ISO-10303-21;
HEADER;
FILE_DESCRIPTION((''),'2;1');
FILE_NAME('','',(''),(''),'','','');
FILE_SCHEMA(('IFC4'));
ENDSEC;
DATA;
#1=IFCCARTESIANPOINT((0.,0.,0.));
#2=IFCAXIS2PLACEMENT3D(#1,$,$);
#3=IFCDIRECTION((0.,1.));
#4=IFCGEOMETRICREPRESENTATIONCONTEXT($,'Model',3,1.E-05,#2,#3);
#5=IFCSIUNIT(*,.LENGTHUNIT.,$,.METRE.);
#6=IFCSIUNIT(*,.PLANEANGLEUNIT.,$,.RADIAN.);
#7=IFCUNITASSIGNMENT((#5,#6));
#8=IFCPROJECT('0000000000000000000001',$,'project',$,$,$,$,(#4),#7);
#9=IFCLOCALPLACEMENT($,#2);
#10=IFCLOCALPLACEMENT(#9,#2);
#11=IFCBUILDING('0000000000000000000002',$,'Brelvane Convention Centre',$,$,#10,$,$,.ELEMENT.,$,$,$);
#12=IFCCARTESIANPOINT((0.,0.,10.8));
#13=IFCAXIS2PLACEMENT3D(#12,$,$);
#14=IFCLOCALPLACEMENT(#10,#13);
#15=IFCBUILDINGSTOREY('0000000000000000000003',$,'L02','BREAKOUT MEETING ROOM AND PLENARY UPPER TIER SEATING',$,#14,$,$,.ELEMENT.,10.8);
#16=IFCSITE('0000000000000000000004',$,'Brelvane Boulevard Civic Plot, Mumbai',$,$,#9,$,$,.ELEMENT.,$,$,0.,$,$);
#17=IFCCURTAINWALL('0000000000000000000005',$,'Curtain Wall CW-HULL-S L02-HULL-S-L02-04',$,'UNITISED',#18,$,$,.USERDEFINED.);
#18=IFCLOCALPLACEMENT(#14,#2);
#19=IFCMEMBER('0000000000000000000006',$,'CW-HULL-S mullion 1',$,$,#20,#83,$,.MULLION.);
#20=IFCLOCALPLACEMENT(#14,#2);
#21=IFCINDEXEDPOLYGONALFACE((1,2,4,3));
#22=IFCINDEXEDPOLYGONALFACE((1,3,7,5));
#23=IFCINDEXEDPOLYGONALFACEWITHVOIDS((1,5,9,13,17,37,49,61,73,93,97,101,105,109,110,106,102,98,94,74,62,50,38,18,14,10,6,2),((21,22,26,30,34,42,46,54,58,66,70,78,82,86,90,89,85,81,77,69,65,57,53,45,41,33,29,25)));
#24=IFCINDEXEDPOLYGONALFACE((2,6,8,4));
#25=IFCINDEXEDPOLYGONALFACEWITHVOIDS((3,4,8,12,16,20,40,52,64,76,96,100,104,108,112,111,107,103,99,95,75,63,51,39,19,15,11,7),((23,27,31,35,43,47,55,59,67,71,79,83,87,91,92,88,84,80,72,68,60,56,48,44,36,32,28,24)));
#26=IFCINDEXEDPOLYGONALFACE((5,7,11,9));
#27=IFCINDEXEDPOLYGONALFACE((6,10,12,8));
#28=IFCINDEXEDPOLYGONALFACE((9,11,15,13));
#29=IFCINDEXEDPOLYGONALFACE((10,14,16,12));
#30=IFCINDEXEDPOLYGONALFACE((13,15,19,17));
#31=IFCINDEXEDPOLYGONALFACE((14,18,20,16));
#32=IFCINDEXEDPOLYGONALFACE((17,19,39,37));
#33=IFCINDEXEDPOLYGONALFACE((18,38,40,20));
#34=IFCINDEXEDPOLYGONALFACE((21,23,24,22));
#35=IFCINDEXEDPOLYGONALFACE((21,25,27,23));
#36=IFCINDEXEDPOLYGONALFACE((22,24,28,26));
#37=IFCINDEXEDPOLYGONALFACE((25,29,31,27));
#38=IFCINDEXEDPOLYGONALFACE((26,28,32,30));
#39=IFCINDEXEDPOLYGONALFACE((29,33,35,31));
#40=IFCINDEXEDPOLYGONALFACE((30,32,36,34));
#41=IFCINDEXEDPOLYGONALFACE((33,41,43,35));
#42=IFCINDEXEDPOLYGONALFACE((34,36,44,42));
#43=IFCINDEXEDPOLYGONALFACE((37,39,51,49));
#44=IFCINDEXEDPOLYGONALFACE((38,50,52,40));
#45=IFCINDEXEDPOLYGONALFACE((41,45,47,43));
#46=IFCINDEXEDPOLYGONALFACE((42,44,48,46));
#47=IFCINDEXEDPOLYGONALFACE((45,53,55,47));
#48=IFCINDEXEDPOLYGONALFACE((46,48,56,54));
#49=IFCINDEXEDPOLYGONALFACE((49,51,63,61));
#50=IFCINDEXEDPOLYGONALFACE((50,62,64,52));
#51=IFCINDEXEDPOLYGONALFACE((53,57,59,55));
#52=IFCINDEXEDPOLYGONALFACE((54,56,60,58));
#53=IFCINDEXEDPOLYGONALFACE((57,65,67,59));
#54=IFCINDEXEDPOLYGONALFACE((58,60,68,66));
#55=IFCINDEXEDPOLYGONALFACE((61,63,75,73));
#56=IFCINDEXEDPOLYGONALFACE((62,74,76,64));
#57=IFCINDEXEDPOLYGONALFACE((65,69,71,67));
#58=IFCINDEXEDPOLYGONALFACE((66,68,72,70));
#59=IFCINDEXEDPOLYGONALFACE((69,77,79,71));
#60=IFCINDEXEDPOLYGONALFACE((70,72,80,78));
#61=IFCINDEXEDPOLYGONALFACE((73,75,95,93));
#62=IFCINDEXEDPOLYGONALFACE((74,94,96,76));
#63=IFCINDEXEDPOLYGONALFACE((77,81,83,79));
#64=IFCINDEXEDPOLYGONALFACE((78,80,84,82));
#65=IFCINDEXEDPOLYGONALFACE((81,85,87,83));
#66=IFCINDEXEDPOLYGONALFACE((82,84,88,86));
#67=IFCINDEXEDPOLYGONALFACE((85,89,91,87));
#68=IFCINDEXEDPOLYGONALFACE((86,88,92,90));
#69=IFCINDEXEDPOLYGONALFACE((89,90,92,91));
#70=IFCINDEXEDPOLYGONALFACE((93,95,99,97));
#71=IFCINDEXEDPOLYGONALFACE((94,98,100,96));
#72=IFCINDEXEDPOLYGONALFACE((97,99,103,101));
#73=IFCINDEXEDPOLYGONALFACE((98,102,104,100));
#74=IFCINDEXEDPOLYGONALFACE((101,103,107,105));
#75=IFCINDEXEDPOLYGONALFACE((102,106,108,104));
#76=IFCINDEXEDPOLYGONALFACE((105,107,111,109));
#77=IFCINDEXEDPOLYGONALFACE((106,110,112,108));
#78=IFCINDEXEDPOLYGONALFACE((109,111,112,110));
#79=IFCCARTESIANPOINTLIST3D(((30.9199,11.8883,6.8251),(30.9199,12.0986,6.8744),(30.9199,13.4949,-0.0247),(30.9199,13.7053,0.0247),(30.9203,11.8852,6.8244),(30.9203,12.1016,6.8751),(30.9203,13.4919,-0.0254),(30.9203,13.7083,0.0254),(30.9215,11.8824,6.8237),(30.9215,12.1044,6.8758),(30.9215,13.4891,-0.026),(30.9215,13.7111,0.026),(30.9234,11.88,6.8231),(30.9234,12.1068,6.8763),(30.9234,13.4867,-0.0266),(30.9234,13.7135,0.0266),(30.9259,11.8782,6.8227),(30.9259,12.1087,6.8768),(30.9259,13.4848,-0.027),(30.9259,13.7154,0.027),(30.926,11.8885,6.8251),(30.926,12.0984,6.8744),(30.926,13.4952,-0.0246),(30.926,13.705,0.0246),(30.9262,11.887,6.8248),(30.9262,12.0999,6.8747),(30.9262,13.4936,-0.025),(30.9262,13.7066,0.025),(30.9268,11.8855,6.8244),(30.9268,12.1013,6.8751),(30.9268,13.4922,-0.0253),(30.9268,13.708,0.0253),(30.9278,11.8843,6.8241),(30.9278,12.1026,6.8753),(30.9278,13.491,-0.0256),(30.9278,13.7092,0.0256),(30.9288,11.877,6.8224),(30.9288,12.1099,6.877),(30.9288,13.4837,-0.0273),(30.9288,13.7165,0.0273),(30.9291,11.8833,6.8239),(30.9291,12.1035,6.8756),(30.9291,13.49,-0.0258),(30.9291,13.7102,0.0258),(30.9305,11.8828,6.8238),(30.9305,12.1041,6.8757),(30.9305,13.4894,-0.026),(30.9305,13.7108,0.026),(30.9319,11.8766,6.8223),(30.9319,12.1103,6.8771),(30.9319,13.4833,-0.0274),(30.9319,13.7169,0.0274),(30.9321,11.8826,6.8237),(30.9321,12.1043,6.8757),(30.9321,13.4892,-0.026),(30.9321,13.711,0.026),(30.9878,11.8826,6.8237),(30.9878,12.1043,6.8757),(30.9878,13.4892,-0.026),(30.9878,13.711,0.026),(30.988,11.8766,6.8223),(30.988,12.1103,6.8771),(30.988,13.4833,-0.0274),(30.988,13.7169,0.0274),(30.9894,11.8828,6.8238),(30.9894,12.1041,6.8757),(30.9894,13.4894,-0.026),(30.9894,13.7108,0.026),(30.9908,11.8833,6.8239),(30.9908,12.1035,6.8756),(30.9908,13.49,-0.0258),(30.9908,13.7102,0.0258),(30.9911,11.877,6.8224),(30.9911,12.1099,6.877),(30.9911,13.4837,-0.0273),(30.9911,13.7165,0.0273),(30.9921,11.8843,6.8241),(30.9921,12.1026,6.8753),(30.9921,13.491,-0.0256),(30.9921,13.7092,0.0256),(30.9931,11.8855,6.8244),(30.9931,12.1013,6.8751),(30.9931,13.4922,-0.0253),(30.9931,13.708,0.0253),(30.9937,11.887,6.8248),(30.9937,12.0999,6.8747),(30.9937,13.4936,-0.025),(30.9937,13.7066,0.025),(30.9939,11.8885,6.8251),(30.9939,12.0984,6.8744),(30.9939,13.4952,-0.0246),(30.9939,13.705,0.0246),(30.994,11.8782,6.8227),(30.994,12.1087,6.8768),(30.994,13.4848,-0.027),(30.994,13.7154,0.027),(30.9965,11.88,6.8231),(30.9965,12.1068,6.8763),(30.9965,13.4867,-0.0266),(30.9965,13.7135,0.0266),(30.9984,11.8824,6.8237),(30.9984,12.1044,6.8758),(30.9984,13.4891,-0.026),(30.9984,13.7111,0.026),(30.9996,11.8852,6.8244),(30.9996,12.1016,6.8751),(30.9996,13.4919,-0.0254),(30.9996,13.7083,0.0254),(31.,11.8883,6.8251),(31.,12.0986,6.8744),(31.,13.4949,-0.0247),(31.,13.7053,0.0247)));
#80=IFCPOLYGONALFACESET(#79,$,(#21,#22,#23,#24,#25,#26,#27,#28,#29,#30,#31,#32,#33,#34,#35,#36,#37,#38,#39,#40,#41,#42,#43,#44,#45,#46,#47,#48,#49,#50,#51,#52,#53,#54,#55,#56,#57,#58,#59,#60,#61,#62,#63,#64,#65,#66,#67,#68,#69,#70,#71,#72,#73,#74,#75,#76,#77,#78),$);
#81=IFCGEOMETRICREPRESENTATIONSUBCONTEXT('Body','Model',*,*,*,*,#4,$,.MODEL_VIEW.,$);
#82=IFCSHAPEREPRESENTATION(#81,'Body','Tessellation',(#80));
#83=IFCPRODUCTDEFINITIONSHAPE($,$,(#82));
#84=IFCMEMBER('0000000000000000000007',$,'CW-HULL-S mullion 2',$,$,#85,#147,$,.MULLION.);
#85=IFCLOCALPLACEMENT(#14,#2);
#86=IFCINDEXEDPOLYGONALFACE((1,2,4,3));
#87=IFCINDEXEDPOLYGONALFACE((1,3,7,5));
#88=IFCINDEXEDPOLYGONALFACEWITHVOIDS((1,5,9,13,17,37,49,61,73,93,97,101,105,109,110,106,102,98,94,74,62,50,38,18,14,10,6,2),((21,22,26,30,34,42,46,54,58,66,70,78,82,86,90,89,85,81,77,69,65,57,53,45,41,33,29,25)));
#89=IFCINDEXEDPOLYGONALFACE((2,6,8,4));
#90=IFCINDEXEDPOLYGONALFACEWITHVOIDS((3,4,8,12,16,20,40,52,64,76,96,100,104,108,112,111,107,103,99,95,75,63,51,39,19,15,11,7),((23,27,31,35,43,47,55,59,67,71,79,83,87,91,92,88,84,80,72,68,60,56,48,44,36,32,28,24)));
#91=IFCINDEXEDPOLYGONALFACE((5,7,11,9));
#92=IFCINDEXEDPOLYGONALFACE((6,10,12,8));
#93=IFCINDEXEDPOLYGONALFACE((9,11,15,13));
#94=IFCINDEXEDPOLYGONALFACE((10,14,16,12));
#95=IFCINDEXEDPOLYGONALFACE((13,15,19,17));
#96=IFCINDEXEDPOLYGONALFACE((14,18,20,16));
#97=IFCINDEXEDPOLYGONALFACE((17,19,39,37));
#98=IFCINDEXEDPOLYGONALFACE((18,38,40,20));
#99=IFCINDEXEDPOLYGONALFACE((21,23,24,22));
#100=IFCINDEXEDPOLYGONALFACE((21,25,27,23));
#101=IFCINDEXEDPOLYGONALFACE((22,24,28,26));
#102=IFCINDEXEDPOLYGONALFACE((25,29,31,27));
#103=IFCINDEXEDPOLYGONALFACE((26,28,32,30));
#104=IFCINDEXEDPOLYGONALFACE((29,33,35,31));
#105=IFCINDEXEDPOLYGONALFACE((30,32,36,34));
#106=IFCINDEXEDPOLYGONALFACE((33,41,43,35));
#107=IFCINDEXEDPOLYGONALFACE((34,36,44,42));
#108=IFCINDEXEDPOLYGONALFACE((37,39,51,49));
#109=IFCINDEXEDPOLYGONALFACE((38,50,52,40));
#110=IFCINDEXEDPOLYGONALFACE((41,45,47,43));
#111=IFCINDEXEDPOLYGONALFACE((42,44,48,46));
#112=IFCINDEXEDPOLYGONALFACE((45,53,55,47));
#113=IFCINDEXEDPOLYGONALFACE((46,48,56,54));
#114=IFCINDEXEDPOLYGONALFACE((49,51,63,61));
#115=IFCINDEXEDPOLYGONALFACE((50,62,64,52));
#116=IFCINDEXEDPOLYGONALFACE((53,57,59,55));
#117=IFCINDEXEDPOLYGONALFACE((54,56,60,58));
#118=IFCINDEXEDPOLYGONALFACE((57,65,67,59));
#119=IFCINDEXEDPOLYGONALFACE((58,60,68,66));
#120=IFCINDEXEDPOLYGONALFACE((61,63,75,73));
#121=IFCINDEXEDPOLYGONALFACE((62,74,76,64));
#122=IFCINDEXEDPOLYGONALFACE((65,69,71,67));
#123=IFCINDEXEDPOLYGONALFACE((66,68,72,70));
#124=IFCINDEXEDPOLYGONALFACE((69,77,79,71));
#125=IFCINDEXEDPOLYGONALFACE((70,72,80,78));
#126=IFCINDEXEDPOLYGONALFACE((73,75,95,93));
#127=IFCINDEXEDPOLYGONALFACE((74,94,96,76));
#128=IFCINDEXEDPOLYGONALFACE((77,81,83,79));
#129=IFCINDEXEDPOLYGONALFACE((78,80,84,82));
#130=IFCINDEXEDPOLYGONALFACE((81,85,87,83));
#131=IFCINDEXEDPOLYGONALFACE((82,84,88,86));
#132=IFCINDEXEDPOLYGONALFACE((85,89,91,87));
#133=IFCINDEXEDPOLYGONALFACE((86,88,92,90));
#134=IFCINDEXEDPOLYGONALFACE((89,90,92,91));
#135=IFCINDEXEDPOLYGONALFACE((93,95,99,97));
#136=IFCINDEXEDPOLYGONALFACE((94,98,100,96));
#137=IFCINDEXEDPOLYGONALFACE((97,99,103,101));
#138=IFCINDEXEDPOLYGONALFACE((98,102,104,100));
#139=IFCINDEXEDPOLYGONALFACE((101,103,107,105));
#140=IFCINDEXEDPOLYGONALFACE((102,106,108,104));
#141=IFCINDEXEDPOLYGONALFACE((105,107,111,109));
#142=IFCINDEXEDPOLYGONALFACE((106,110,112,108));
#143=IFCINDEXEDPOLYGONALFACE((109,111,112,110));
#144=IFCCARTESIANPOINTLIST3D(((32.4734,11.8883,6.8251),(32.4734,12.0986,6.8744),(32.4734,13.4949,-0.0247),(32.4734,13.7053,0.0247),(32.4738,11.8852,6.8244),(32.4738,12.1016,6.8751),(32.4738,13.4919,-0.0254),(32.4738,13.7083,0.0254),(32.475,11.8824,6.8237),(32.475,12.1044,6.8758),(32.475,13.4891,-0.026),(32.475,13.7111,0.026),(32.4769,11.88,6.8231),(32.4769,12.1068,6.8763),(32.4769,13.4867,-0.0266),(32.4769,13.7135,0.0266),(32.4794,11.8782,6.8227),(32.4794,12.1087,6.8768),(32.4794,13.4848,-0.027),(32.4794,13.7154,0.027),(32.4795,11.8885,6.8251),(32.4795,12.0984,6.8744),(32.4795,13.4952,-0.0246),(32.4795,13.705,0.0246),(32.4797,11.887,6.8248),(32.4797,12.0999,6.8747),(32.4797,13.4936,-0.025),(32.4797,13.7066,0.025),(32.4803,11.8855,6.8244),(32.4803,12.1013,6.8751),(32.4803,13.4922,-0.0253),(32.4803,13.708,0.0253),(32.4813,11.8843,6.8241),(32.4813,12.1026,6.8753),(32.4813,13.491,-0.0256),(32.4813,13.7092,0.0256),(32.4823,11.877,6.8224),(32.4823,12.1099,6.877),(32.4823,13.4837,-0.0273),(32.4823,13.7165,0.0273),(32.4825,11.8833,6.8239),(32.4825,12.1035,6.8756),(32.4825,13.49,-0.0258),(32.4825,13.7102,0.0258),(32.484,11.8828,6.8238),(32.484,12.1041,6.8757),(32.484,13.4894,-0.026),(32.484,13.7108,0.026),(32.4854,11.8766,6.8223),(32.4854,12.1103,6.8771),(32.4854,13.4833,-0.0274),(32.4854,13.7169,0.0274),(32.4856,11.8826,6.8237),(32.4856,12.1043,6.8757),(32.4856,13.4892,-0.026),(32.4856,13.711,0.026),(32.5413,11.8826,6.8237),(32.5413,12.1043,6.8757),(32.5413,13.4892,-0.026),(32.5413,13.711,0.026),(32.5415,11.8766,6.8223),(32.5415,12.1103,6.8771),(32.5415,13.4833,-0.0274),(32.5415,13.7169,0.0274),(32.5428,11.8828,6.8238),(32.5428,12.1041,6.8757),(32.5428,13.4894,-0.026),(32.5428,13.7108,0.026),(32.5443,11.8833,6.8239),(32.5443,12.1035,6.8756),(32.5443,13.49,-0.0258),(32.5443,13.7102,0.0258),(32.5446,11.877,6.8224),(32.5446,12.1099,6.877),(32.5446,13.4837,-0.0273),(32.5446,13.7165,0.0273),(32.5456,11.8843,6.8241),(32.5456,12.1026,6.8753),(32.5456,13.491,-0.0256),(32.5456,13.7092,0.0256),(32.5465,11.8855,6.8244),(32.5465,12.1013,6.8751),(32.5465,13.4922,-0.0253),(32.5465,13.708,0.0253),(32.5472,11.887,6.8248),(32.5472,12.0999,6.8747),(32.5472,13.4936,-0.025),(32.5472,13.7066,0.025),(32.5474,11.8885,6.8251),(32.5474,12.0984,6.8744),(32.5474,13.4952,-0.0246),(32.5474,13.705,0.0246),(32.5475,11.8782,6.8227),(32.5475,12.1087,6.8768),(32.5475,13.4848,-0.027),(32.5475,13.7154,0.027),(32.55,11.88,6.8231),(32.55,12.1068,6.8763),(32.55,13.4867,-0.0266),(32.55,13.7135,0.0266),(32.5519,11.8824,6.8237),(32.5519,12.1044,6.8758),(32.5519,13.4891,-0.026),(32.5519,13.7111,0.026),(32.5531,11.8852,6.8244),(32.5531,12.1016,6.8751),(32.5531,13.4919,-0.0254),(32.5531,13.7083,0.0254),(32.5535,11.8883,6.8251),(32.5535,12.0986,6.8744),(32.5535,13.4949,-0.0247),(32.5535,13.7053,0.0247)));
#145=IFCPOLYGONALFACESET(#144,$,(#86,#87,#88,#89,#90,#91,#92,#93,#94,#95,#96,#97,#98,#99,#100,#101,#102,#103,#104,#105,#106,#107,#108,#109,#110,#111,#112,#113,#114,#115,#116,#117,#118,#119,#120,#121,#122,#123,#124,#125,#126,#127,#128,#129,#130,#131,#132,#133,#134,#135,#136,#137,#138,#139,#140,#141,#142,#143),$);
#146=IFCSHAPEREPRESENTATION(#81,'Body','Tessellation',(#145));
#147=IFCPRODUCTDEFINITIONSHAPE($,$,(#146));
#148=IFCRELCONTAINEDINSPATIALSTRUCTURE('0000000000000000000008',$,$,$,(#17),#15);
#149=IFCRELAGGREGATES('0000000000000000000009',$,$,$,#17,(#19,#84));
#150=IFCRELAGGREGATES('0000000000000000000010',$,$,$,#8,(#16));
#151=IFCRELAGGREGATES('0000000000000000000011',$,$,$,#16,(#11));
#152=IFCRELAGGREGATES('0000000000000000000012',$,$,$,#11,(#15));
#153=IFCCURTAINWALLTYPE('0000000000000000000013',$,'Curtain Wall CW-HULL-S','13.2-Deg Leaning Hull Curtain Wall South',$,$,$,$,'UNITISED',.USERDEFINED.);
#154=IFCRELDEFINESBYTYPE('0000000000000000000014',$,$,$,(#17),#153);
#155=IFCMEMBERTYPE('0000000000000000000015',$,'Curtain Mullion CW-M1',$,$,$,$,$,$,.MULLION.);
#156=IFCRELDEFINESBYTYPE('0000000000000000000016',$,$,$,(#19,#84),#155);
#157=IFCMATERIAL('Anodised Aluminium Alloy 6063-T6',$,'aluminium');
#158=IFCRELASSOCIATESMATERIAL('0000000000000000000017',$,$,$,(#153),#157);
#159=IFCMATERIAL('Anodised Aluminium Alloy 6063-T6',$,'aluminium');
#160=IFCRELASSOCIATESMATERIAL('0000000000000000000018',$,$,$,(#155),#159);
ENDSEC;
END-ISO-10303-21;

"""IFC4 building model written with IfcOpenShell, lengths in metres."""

from ifc_helpers import new_model, si_unit, direction, frame, origin, origin_2d, place, context, subcontext, project, spatial, hollow_rectangle, extrude, material, material_profile, profile_set, type_object, element, aggregate, save


model = new_model("IFC4")

# Units and contexts
model_context = context("Model", 3, precision=1e-05, world=origin(), true_north=direction((0.0, 1.0)))
body_context = subcontext(model_context, "Body", "Model", "MODEL_VIEW")
ifc_project = project(units=[si_unit("LENGTHUNIT", "METRE"), si_unit("PLANEANGLEUNIT", "RADIAN")], contexts=[model_context])

# Site, building, storey
site_placement = place(None, origin())
site = spatial("IfcSite", under=ifc_project, at=site_placement, Name="Brelvane Boulevard Civic Plot, Mumbai", CompositionType="ELEMENT", RefElevation=0.0)
building_placement = place(site_placement, origin())
building = spatial("IfcBuilding", under=site, at=building_placement, Name="Brelvane Convention Centre", CompositionType="ELEMENT")
storey_placement = place(building_placement, frame((0.0, 0.0, 10.8)))
storey = spatial("IfcBuildingStorey", under=building, at=storey_placement, Name="L02", Description="BREAKOUT MEETING ROOM AND PLENARY UPPER TIER SEATING", CompositionType="ELEMENT", Elevation=10.8)

# Shared definitions
ifc_material_1 = material(Name="Anodised Aluminium Alloy 6063-T6", Category="aluminium")
curtain_wall_type = type_object("IfcCurtainWallType", Name="Curtain Wall CW-HULL-S", Description="13.2-Deg Leaning Hull Curtain Wall South", ElementType="UNITISED", PredefinedType="USERDEFINED", material=ifc_material_1)
ifc_material_2 = material(Name="Anodised Aluminium Alloy 6063-T6", Category="aluminium")
ifc_material_profile_1 = material_profile(ifc_material_2, hollow_rectangle(XDim=0.0801, YDim=0.24, WallThickness=0.0061, InnerFilletRadius=0.0061, OuterFilletRadius=0.012, at=origin_2d()), Name="ALU-M 240x80x6.0")
ifc_profile_set_1 = profile_set([ifc_material_profile_1], Name="Anodised Aluminium Alloy 6063-T6")
member_type_1 = type_object("IfcMemberType", Name="Curtain Mullion CW-M1", PredefinedType="MULLION", material=ifc_profile_set_1)

# Curtain wall, members
curtain_wall_1_placement = place(storey_placement, origin())
curtain_wall_1 = element("IfcCurtainWall", 1, at=curtain_wall_1_placement, inside=storey, type_object=curtain_wall_type, Name="Curtain Wall CW-HULL-S L02-HULL-S-L02-04", ObjectType="UNITISED", PredefinedType="USERDEFINED")
member_1_placement = place(storey_placement, frame((30.96, 13.6001, 0.0), z_axis=(0.0, -0.22836, 0.973577), x_axis=(1.0, 0.0, 0.0)))
member_1 = element("IfcMember", 2, at=member_1_placement, type_object=member_type_1, Name="CW-HULL-S mullion 1", PredefinedType="MULLION", context=body_context, shape_type="SweptSolid", body=[
    extrude(hollow_rectangle(XDim=0.0801, YDim=0.24, WallThickness=0.0061, InnerFilletRadius=0.0061, OuterFilletRadius=0.012, at=origin_2d()), origin(), (0.0, 0.0, 1.0), 7.0356),
])
member_2_placement = place(storey_placement, frame((32.5134, 13.6001, 0.0), z_axis=(0.0, -0.22836, 0.973577), x_axis=(1.0, 0.0, 0.0)))
member_2 = element("IfcMember", 3, at=member_2_placement, type_object=member_type_1, Name="CW-HULL-S mullion 2", PredefinedType="MULLION", context=body_context, shape_type="SweptSolid", body=[
    extrude(hollow_rectangle(XDim=0.0801, YDim=0.24, WallThickness=0.0061, InnerFilletRadius=0.0061, OuterFilletRadius=0.012, at=origin_2d()), origin(), (0.0, 0.0, 1.0), 7.0356),
])

aggregate(curtain_wall_1, [member_1, member_2])

save(model, "model.ifc")
